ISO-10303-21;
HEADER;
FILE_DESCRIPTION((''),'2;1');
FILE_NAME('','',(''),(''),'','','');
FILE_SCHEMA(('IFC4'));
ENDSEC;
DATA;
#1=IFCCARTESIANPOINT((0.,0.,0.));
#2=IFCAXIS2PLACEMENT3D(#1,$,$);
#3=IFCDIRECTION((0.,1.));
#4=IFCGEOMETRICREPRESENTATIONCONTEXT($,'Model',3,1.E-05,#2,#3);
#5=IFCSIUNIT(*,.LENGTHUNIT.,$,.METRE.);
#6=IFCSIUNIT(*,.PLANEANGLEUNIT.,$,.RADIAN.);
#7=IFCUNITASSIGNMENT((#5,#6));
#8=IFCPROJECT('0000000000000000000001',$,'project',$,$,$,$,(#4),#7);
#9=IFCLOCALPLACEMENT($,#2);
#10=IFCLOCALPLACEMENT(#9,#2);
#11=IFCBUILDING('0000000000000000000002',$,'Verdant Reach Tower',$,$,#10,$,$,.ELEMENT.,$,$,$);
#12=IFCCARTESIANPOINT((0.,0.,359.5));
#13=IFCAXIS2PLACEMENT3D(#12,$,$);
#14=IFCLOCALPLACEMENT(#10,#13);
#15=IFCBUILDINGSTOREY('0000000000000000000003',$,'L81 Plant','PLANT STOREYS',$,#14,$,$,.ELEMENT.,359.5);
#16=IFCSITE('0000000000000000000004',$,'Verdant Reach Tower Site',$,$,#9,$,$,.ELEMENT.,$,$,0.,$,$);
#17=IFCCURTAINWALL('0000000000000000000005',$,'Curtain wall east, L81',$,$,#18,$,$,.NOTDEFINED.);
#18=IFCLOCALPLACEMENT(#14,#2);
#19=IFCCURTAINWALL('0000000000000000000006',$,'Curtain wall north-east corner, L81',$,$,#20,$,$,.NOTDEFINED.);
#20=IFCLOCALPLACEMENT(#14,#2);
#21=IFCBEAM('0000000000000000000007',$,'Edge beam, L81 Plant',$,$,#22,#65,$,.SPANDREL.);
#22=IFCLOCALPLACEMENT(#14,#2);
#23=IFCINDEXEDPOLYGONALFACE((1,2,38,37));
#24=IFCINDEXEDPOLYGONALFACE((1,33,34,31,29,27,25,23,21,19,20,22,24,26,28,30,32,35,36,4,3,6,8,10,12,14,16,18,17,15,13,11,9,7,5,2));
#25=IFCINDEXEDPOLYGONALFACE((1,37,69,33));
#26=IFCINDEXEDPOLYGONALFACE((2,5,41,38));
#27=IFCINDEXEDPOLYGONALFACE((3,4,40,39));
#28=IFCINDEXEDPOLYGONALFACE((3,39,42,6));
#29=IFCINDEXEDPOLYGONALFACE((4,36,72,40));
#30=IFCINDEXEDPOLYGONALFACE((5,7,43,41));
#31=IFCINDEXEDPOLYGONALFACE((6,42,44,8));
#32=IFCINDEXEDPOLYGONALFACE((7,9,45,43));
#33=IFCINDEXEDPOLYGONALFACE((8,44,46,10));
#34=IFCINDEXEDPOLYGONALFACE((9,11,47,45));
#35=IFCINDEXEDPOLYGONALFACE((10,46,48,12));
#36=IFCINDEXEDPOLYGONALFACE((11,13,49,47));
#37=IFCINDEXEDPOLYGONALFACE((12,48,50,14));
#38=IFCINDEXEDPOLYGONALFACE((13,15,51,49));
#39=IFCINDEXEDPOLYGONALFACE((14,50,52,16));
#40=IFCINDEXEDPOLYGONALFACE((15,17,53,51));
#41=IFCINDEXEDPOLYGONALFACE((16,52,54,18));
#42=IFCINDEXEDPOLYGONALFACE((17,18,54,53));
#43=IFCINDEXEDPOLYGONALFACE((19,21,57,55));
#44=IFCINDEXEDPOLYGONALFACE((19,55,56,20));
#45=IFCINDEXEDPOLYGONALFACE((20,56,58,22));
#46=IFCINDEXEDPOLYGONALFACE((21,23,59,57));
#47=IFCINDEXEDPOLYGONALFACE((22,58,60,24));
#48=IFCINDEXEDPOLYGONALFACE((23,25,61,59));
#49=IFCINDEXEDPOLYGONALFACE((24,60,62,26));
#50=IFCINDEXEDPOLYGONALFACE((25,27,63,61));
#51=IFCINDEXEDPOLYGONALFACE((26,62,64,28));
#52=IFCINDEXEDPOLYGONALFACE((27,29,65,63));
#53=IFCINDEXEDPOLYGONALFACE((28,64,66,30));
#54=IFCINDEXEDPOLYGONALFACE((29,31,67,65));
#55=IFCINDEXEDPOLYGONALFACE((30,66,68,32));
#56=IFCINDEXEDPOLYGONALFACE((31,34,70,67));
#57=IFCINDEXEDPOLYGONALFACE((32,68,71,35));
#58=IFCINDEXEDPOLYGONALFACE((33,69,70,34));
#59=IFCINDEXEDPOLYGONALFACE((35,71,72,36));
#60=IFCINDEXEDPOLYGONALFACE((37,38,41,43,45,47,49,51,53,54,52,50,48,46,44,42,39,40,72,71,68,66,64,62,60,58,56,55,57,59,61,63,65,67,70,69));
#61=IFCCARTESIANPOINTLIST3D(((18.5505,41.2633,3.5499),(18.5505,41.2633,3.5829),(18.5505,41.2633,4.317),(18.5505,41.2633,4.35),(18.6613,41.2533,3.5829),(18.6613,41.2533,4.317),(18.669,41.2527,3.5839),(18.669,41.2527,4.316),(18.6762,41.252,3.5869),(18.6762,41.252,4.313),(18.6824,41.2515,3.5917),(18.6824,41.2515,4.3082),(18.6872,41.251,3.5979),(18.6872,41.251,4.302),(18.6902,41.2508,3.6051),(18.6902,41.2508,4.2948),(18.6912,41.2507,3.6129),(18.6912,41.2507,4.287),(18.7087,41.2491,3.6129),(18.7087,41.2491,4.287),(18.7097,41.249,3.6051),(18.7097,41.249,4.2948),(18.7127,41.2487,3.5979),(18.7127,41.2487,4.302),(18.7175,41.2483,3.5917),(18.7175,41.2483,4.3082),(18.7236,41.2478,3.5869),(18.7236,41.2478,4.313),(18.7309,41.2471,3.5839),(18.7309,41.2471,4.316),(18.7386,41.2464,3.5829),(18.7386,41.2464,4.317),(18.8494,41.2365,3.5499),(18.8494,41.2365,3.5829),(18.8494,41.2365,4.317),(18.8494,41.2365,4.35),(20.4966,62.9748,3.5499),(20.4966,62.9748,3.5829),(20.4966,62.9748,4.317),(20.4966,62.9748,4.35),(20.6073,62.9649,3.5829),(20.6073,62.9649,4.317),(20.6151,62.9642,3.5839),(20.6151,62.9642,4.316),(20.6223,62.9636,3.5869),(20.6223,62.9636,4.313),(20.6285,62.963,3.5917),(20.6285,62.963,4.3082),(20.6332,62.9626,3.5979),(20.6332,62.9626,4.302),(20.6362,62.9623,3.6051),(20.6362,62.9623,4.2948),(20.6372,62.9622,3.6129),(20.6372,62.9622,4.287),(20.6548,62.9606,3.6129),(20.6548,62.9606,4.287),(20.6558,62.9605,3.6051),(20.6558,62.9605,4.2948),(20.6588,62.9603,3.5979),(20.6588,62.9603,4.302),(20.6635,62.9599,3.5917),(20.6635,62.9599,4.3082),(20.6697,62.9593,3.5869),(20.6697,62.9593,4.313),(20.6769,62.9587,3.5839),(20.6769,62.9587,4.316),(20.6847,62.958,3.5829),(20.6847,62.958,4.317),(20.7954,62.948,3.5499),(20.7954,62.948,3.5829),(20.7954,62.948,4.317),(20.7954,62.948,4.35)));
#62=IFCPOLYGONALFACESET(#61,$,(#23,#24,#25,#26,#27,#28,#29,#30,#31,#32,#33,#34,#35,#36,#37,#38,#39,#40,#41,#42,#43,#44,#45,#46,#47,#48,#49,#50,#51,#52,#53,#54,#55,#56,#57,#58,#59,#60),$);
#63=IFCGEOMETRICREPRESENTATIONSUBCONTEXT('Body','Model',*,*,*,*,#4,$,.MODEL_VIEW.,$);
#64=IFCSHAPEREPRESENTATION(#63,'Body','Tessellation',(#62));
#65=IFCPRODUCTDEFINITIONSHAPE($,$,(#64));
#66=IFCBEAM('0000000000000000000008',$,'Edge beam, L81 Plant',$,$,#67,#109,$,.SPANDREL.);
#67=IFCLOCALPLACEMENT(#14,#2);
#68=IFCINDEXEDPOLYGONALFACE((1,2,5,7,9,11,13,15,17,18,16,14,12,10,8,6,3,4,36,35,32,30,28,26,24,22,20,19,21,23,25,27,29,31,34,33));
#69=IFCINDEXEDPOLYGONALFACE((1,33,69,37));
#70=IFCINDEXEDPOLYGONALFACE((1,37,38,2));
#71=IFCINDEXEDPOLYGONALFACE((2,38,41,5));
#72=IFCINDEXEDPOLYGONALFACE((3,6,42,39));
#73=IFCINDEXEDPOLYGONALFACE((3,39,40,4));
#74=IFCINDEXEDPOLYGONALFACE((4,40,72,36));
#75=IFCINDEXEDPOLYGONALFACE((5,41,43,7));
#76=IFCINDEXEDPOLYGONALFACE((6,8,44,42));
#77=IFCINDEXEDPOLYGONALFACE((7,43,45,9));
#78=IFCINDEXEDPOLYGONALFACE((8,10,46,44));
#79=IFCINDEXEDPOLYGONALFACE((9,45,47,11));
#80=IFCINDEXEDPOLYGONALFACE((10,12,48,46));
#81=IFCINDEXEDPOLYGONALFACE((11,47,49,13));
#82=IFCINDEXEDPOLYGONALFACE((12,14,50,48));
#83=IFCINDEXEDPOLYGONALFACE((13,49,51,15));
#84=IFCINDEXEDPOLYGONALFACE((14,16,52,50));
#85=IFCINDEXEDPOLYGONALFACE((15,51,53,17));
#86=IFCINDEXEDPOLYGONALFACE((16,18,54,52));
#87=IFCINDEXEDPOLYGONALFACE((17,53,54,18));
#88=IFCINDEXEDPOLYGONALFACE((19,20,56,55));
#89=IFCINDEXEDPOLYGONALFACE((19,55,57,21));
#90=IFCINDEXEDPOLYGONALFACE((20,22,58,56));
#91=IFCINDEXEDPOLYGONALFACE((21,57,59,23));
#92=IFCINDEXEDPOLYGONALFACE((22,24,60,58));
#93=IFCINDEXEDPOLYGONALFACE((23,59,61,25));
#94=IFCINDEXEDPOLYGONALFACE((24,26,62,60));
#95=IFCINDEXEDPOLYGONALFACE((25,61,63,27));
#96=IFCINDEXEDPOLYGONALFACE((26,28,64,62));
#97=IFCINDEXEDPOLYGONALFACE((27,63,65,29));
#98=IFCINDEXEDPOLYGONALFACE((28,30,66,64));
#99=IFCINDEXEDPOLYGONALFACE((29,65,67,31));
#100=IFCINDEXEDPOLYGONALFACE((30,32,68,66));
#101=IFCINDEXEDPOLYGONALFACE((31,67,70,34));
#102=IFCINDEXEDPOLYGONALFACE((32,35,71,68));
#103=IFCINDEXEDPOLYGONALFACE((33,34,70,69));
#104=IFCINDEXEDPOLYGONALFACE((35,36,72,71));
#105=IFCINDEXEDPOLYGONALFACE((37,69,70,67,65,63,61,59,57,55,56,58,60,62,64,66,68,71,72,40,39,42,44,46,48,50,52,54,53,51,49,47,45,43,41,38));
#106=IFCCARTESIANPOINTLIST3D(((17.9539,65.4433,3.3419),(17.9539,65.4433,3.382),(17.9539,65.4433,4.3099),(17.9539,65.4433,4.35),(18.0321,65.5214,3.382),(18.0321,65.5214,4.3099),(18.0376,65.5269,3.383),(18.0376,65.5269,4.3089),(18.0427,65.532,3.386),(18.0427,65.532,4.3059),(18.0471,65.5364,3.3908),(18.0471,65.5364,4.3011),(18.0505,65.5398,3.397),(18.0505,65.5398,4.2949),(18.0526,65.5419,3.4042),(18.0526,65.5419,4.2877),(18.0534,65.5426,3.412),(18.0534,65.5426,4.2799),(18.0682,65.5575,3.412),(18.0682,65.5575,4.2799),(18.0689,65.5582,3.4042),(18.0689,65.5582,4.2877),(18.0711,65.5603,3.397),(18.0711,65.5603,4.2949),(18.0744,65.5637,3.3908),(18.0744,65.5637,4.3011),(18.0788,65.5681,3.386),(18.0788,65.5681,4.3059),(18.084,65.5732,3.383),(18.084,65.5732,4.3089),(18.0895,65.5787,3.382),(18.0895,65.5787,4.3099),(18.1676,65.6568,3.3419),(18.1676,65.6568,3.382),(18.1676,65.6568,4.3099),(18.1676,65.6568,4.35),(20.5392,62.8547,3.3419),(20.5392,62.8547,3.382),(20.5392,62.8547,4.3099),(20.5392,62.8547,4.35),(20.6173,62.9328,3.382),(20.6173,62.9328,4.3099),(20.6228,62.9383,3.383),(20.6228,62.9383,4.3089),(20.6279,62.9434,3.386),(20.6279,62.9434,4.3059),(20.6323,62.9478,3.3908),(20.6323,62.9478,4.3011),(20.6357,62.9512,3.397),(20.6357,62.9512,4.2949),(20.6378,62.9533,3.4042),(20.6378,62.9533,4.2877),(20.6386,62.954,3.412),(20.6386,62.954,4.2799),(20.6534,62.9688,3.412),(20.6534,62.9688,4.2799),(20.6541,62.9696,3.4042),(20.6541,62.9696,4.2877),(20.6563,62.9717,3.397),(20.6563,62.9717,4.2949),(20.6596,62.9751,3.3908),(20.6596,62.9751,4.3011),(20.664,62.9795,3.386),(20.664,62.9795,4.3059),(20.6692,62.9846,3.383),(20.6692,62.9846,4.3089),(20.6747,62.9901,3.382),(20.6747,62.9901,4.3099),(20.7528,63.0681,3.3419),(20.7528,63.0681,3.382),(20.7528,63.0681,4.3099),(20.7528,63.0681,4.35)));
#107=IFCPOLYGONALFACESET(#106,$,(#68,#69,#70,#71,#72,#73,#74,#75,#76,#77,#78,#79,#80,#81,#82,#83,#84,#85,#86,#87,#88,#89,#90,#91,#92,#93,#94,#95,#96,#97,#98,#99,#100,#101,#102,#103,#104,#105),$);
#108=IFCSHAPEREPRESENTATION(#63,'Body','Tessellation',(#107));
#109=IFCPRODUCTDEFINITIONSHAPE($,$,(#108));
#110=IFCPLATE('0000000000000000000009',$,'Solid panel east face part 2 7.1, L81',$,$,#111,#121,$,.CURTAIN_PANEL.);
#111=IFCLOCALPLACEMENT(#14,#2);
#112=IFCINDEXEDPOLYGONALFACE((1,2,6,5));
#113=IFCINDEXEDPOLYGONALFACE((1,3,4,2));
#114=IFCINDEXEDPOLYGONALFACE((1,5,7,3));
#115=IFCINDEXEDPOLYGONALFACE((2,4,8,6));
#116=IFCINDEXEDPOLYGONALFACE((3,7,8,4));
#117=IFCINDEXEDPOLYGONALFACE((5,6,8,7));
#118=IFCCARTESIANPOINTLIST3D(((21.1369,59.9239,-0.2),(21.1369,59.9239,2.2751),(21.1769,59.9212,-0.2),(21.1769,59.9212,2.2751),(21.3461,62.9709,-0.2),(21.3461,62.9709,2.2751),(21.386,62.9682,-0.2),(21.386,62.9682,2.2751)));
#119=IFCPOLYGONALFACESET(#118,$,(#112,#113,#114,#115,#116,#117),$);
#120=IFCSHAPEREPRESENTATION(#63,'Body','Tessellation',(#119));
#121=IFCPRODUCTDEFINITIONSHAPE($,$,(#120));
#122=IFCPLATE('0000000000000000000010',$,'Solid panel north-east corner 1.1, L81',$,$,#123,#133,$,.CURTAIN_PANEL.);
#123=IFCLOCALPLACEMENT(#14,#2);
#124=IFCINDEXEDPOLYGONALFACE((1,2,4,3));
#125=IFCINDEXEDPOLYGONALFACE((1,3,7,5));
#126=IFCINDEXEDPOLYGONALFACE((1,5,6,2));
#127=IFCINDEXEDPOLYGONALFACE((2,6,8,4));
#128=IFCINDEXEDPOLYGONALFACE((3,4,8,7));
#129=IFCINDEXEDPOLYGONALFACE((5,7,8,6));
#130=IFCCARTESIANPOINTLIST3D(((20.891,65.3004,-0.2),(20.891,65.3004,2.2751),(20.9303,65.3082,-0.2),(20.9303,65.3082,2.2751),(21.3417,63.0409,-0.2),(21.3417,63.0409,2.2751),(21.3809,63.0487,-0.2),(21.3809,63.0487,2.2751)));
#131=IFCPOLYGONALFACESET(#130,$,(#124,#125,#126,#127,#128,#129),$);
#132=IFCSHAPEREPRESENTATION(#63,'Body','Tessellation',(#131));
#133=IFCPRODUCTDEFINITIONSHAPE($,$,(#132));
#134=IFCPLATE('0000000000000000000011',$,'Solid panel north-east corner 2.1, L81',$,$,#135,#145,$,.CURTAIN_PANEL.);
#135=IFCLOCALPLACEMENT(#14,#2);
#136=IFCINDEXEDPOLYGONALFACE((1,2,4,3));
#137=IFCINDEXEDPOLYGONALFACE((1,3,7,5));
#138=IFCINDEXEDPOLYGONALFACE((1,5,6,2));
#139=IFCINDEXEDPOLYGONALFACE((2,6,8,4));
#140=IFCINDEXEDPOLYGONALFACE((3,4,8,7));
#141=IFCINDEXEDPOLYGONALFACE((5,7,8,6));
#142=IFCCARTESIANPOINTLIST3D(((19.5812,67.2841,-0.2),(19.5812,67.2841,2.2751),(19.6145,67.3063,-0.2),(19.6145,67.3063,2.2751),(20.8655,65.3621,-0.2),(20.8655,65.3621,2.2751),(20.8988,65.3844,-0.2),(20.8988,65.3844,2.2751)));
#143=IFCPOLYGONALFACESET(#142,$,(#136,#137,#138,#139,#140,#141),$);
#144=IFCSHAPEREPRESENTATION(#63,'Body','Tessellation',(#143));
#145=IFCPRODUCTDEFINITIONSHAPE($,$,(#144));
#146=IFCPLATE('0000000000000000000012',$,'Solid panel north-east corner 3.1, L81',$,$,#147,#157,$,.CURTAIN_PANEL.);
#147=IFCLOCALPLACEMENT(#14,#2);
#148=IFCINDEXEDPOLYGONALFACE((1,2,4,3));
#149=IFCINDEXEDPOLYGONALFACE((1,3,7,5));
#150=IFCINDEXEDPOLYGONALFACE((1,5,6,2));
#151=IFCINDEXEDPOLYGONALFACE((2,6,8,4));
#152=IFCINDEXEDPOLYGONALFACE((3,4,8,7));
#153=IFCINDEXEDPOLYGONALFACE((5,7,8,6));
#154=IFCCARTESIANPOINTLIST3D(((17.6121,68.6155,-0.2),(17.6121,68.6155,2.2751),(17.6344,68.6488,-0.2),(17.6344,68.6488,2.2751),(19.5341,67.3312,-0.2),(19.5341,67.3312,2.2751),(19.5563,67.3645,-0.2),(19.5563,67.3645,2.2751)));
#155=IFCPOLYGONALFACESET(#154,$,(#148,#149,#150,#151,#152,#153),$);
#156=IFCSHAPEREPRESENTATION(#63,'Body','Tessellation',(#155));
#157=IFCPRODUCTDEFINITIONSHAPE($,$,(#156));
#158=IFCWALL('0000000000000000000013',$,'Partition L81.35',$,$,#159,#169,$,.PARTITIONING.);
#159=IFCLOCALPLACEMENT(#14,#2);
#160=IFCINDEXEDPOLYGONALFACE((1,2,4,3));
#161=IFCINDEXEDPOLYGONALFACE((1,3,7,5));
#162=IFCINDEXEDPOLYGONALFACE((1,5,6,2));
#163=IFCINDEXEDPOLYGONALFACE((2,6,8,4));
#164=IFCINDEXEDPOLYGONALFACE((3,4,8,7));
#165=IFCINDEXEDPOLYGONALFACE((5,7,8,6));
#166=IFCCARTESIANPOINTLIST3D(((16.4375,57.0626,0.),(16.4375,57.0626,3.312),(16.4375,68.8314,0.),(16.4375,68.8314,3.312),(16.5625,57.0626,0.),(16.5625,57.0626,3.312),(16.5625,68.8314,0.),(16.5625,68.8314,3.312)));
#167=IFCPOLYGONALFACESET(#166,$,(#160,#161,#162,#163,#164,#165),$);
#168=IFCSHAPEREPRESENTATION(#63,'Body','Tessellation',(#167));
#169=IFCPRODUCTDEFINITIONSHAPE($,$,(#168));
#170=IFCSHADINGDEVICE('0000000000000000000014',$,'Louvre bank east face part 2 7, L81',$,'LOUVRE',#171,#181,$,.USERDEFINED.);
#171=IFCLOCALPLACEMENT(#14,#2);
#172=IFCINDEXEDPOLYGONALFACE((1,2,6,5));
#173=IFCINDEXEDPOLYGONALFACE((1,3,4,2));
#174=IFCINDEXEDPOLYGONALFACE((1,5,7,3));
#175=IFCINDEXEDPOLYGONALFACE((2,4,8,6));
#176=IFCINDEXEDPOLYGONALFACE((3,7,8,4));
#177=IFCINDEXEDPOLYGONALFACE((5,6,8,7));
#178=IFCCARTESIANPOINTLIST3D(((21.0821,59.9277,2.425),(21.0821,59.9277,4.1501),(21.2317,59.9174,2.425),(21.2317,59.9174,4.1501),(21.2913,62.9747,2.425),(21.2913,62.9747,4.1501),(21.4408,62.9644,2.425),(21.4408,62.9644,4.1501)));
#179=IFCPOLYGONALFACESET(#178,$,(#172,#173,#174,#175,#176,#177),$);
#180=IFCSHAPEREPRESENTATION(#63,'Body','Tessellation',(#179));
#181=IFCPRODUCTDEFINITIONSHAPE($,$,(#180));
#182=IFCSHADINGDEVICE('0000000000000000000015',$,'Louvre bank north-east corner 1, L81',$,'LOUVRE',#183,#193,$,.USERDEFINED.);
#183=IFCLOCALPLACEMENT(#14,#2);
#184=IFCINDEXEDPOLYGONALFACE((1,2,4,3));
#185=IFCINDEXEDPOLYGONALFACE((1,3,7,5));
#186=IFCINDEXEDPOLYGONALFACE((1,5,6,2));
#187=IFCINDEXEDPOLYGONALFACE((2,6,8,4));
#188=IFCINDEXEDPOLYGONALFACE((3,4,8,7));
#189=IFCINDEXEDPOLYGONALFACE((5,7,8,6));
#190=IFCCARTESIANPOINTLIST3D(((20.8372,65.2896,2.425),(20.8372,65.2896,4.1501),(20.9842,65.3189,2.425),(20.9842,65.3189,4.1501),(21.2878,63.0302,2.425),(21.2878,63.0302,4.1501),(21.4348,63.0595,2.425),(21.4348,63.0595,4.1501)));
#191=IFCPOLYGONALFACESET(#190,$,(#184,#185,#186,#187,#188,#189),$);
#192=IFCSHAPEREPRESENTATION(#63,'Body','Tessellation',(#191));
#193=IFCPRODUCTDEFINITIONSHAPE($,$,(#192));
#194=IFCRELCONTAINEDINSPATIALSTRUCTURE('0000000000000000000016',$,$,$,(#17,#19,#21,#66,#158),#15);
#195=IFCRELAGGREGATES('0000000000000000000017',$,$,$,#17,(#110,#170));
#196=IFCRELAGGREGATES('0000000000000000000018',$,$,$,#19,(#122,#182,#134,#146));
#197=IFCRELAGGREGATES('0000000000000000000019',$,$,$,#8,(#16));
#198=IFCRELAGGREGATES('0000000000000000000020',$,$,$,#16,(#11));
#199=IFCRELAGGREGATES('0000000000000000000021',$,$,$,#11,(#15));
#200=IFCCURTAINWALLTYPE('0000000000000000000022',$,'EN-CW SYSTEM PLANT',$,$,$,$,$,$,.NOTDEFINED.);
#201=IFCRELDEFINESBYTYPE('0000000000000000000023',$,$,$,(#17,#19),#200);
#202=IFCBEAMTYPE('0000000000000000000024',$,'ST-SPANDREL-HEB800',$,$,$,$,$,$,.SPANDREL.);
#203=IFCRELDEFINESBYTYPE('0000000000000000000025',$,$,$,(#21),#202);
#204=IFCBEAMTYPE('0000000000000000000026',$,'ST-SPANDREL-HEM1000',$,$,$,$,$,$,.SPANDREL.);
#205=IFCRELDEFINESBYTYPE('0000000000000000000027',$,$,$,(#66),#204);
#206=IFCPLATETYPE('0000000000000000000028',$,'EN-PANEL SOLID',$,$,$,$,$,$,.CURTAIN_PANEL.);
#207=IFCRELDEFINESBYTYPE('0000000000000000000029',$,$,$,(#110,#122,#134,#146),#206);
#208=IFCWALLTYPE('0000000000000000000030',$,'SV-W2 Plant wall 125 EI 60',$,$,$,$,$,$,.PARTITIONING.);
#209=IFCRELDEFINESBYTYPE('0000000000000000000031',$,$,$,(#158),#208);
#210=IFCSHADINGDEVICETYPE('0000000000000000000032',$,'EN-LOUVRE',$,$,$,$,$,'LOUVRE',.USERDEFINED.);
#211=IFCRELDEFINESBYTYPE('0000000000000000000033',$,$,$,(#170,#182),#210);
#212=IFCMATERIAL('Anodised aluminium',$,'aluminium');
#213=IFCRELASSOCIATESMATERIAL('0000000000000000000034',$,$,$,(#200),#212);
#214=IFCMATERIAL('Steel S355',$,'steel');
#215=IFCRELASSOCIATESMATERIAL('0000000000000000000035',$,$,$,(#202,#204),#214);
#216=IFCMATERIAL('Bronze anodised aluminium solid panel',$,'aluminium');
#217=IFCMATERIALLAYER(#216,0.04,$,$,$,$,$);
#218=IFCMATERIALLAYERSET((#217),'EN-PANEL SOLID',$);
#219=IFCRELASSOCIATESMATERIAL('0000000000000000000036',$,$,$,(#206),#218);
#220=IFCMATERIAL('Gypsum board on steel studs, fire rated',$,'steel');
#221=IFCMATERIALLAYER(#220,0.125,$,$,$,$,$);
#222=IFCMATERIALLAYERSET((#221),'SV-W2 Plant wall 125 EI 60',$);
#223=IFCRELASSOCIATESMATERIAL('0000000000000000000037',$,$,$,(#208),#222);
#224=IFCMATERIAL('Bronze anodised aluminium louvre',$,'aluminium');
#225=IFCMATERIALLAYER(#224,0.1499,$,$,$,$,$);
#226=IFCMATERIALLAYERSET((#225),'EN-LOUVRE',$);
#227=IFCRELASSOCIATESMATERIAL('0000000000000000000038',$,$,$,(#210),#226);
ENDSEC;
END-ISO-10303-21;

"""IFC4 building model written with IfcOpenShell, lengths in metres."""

from ifc_helpers import new_model, si_unit, direction, frame, frame_2d, origin, origin_2d, place, context, subcontext, project, spatial, rectangle, i_section, extrude, material, layer, layer_set, material_profile, profile_set, type_object, element, aggregate, save


model = new_model("IFC4")

# Units and contexts
model_context = context("Model", 3, precision=1e-05, world=origin(), true_north=direction((0.0, 1.0)))
body_context = subcontext(model_context, "Body", "Model", "MODEL_VIEW")
ifc_project = project(units=[si_unit("LENGTHUNIT", "METRE"), si_unit("PLANEANGLEUNIT", "RADIAN")], contexts=[model_context])

# Site, building, storey
site_placement = place(None, origin())
site = spatial("IfcSite", under=ifc_project, at=site_placement, Name="Verdant Reach Tower Site", CompositionType="ELEMENT", RefElevation=0.0)
building_placement = place(site_placement, origin())
building = spatial("IfcBuilding", under=site, at=building_placement, Name="Verdant Reach Tower", CompositionType="ELEMENT")
storey_placement = place(building_placement, frame((0.0, 0.0, 359.5)))
storey = spatial("IfcBuildingStorey", under=building, at=storey_placement, Name="L81 Plant", Description="PLANT STOREYS", CompositionType="ELEMENT", Elevation=359.5)

# Curtain wall
ifc_material_1 = material(Name="Anodised aluminium", Category="aluminium")
curtain_wall_type = type_object("IfcCurtainWallType", Name="EN-CW SYSTEM PLANT", PredefinedType="NOTDEFINED", material=ifc_material_1)
curtain_wall_1_placement = place(storey_placement, origin())
curtain_wall_1 = element("IfcCurtainWall", 1, at=curtain_wall_1_placement, inside=storey, type_object=curtain_wall_type, Name="Curtain wall east, L81", PredefinedType="NOTDEFINED")

# Curtain wall
curtain_wall_2_placement = place(storey_placement, origin())
curtain_wall_2 = element("IfcCurtainWall", 2, at=curtain_wall_2_placement, inside=storey, type_object=curtain_wall_type, Name="Curtain wall north-east corner, L81", PredefinedType="NOTDEFINED")

# Beams
ifc_material_2 = material(Name="Steel S355", Category="steel")
ifc_material_profile_1 = material_profile(ifc_material_2, i_section(OverallWidth=0.3, OverallDepth=0.8, WebThickness=0.0176, FlangeThickness=0.033, FilletRadius=0.03, at=origin_2d()), Name="HEB 800")
ifc_profile_set_1 = profile_set([ifc_material_profile_1], Name="Steel S355")
beam_type_1 = type_object("IfcBeamType", Name="ST-SPANDREL-HEB800", PredefinedType="SPANDREL", material=ifc_profile_set_1)
beam_1_placement = place(storey_placement, frame((20.646, 62.9614, 3.95), z_axis=(-0.089274, -0.996007, 0.0), x_axis=(0.996007, -0.089274, 0.0)))
element("IfcBeam", 3, at=beam_1_placement, inside=storey, type_object=beam_type_1, Name="Edge beam, L81 Plant", PredefinedType="SPANDREL", context=body_context, shape_type="SweptSolid", body=[
    extrude(i_section(OverallWidth=0.3, OverallDepth=0.8, WebThickness=0.0176, FlangeThickness=0.033, FilletRadius=0.03, at=origin_2d()), origin(), (0.0, 0.0, 1.0), 21.7986),
])
ifc_material_profile_2 = material_profile(ifc_material_2, i_section(OverallWidth=0.302, OverallDepth=1.0081, WebThickness=0.021, FlangeThickness=0.04, FilletRadius=0.03, at=origin_2d()), Name="HEM 1000")
ifc_profile_set_2 = profile_set([ifc_material_profile_2], Name="Steel S355")
beam_type_2 = type_object("IfcBeamType", Name="ST-SPANDREL-HEM1000", PredefinedType="SPANDREL", material=ifc_profile_set_2)
beam_2_placement = place(storey_placement, frame((18.0608, 65.55, 3.8459), z_axis=(0.706639, -0.707574, 0.0), x_axis=(0.707574, 0.706639, 0.0)))
element("IfcBeam", 4, at=beam_2_placement, inside=storey, type_object=beam_type_2, Name="Edge beam, L81 Plant", PredefinedType="SPANDREL", context=body_context, shape_type="SweptSolid", body=[
    extrude(i_section(OverallWidth=0.302, OverallDepth=1.0081, WebThickness=0.021, FlangeThickness=0.04, FilletRadius=0.03, at=origin_2d()), origin(), (0.0, 0.0, 1.0), 3.6584),
])

# Plates
ifc_material_3 = material(Name="Bronze anodised aluminium solid panel", Category="aluminium")
ifc_layer_1 = layer(ifc_material_3, 0.04)
ifc_layer_set_1 = layer_set([ifc_layer_1], Name="EN-PANEL SOLID")
plate_type = type_object("IfcPlateType", Name="EN-PANEL SOLID", PredefinedType="CURTAIN_PANEL", material=ifc_layer_set_1)
plate_1_placement = place(storey_placement, frame((21.2615, 61.446, -0.2), z_axis=(0.0, 0.0, 1.0), x_axis=(0.068469, 0.997653, 0.0)))
plate_1 = element("IfcPlate", 5, at=plate_1_placement, type_object=plate_type, Name="Solid panel east face part 2 7.1, L81", PredefinedType="CURTAIN_PANEL", context=body_context, shape_type="SweptSolid", body=[
    extrude(rectangle(XDim=3.0542, YDim=0.04, at=origin_2d()), origin(), (0.0, 0.0, 1.0), 2.4751),
])
plate_2_placement = place(storey_placement, frame((21.136, 64.1746, -0.2), z_axis=(0.0, 0.0, 1.0), x_axis=(-0.195593, 0.980685, 0.0)))
plate_2 = element("IfcPlate", 6, at=plate_2_placement, type_object=plate_type, Name="Solid panel north-east corner 1.1, L81", PredefinedType="CURTAIN_PANEL", context=body_context, shape_type="SweptSolid", body=[
    extrude(rectangle(XDim=2.304, YDim=0.04, at=origin_2d()), origin(), (0.0, 0.0, 1.0), 2.4751),
])
plate_3_placement = place(storey_placement, frame((20.24, 66.3342, -0.2), z_axis=(0.0, 0.0, 1.0), x_axis=(-0.555596, 0.831452, 0.0)))
plate_3 = element("IfcPlate", 7, at=plate_3_placement, type_object=plate_type, Name="Solid panel north-east corner 2.1, L81", PredefinedType="CURTAIN_PANEL", context=body_context, shape_type="SweptSolid", body=[
    extrude(rectangle(XDim=2.3115, YDim=0.04, at=origin_2d()), origin(), (0.0, 0.0, 1.0), 2.4751),
])
plate_4_placement = place(storey_placement, frame((18.5842, 67.99, -0.2), z_axis=(0.0, 0.0, 1.0), x_axis=(-0.831452, 0.555596, 0.0)))
plate_4 = element("IfcPlate", 8, at=plate_4_placement, type_object=plate_type, Name="Solid panel north-east corner 3.1, L81", PredefinedType="CURTAIN_PANEL", context=body_context, shape_type="SweptSolid", body=[
    extrude(rectangle(XDim=2.3115, YDim=0.04, at=origin_2d()), origin(), (0.0, 0.0, 1.0), 2.4751),
])

# Wall
ifc_material_4 = material(Name="Gypsum board on steel studs, fire rated", Category="steel")
ifc_layer_2 = layer(ifc_material_4, 0.125)
ifc_layer_set_2 = layer_set([ifc_layer_2], Name="SV-W2 Plant wall 125 EI 60")
wall_type = type_object("IfcWallType", Name="SV-W2 Plant wall 125 EI 60", PredefinedType="PARTITIONING", material=ifc_layer_set_2)
wall_placement = place(storey_placement, frame((16.5, 68.8313, 0.0), z_axis=(0.0, 0.0, 1.0), x_axis=(0.0, -1.0, 0.0)))
element("IfcWall", 9, at=wall_placement, inside=storey, type_object=wall_type, Name="Partition L81.35", PredefinedType="PARTITIONING", context=body_context, shape_type="SweptSolid", body=[
    extrude(rectangle(XDim=11.7688, YDim=0.125, at=frame_2d((5.8843, 0.0))), origin(), (0.0, 0.0, 1.0), 3.312),
])

# Shading devices
ifc_material_5 = material(Name="Bronze anodised aluminium louvre", Category="aluminium")
ifc_layer_3 = layer(ifc_material_5, 0.1499)
ifc_layer_set_3 = layer_set([ifc_layer_3], Name="EN-LOUVRE")
shading_device_type = type_object("IfcShadingDeviceType", Name="EN-LOUVRE", ElementType="LOUVRE", PredefinedType="USERDEFINED", material=ifc_layer_set_3)
shading_device_1_placement = place(storey_placement, frame((21.2615, 61.446, 2.425), z_axis=(0.0, 0.0, 1.0), x_axis=(0.068469, 0.997653, 0.0)))
shading_device_1 = element("IfcShadingDevice", 10, at=shading_device_1_placement, type_object=shading_device_type, Name="Louvre bank east face part 2 7, L81", ObjectType="LOUVRE", PredefinedType="USERDEFINED", context=body_context, shape_type="SweptSolid", body=[
    extrude(rectangle(XDim=3.0542, YDim=0.1499, at=origin_2d()), origin(), (0.0, 0.0, 1.0), 1.7251),
])
aggregate(curtain_wall_1, [plate_1, shading_device_1])
shading_device_2_placement = place(storey_placement, frame((21.136, 64.1746, 2.425), z_axis=(0.0, 0.0, 1.0), x_axis=(-0.195593, 0.980685, 0.0)))
shading_device_2 = element("IfcShadingDevice", 11, at=shading_device_2_placement, type_object=shading_device_type, Name="Louvre bank north-east corner 1, L81", ObjectType="LOUVRE", PredefinedType="USERDEFINED", context=body_context, shape_type="SweptSolid", body=[
    extrude(rectangle(XDim=2.304, YDim=0.1499, at=origin_2d()), origin(), (0.0, 0.0, 1.0), 1.7251),
])
aggregate(curtain_wall_2, [plate_2, shading_device_2, plate_3, plate_4])

save(model, "model.ifc")
